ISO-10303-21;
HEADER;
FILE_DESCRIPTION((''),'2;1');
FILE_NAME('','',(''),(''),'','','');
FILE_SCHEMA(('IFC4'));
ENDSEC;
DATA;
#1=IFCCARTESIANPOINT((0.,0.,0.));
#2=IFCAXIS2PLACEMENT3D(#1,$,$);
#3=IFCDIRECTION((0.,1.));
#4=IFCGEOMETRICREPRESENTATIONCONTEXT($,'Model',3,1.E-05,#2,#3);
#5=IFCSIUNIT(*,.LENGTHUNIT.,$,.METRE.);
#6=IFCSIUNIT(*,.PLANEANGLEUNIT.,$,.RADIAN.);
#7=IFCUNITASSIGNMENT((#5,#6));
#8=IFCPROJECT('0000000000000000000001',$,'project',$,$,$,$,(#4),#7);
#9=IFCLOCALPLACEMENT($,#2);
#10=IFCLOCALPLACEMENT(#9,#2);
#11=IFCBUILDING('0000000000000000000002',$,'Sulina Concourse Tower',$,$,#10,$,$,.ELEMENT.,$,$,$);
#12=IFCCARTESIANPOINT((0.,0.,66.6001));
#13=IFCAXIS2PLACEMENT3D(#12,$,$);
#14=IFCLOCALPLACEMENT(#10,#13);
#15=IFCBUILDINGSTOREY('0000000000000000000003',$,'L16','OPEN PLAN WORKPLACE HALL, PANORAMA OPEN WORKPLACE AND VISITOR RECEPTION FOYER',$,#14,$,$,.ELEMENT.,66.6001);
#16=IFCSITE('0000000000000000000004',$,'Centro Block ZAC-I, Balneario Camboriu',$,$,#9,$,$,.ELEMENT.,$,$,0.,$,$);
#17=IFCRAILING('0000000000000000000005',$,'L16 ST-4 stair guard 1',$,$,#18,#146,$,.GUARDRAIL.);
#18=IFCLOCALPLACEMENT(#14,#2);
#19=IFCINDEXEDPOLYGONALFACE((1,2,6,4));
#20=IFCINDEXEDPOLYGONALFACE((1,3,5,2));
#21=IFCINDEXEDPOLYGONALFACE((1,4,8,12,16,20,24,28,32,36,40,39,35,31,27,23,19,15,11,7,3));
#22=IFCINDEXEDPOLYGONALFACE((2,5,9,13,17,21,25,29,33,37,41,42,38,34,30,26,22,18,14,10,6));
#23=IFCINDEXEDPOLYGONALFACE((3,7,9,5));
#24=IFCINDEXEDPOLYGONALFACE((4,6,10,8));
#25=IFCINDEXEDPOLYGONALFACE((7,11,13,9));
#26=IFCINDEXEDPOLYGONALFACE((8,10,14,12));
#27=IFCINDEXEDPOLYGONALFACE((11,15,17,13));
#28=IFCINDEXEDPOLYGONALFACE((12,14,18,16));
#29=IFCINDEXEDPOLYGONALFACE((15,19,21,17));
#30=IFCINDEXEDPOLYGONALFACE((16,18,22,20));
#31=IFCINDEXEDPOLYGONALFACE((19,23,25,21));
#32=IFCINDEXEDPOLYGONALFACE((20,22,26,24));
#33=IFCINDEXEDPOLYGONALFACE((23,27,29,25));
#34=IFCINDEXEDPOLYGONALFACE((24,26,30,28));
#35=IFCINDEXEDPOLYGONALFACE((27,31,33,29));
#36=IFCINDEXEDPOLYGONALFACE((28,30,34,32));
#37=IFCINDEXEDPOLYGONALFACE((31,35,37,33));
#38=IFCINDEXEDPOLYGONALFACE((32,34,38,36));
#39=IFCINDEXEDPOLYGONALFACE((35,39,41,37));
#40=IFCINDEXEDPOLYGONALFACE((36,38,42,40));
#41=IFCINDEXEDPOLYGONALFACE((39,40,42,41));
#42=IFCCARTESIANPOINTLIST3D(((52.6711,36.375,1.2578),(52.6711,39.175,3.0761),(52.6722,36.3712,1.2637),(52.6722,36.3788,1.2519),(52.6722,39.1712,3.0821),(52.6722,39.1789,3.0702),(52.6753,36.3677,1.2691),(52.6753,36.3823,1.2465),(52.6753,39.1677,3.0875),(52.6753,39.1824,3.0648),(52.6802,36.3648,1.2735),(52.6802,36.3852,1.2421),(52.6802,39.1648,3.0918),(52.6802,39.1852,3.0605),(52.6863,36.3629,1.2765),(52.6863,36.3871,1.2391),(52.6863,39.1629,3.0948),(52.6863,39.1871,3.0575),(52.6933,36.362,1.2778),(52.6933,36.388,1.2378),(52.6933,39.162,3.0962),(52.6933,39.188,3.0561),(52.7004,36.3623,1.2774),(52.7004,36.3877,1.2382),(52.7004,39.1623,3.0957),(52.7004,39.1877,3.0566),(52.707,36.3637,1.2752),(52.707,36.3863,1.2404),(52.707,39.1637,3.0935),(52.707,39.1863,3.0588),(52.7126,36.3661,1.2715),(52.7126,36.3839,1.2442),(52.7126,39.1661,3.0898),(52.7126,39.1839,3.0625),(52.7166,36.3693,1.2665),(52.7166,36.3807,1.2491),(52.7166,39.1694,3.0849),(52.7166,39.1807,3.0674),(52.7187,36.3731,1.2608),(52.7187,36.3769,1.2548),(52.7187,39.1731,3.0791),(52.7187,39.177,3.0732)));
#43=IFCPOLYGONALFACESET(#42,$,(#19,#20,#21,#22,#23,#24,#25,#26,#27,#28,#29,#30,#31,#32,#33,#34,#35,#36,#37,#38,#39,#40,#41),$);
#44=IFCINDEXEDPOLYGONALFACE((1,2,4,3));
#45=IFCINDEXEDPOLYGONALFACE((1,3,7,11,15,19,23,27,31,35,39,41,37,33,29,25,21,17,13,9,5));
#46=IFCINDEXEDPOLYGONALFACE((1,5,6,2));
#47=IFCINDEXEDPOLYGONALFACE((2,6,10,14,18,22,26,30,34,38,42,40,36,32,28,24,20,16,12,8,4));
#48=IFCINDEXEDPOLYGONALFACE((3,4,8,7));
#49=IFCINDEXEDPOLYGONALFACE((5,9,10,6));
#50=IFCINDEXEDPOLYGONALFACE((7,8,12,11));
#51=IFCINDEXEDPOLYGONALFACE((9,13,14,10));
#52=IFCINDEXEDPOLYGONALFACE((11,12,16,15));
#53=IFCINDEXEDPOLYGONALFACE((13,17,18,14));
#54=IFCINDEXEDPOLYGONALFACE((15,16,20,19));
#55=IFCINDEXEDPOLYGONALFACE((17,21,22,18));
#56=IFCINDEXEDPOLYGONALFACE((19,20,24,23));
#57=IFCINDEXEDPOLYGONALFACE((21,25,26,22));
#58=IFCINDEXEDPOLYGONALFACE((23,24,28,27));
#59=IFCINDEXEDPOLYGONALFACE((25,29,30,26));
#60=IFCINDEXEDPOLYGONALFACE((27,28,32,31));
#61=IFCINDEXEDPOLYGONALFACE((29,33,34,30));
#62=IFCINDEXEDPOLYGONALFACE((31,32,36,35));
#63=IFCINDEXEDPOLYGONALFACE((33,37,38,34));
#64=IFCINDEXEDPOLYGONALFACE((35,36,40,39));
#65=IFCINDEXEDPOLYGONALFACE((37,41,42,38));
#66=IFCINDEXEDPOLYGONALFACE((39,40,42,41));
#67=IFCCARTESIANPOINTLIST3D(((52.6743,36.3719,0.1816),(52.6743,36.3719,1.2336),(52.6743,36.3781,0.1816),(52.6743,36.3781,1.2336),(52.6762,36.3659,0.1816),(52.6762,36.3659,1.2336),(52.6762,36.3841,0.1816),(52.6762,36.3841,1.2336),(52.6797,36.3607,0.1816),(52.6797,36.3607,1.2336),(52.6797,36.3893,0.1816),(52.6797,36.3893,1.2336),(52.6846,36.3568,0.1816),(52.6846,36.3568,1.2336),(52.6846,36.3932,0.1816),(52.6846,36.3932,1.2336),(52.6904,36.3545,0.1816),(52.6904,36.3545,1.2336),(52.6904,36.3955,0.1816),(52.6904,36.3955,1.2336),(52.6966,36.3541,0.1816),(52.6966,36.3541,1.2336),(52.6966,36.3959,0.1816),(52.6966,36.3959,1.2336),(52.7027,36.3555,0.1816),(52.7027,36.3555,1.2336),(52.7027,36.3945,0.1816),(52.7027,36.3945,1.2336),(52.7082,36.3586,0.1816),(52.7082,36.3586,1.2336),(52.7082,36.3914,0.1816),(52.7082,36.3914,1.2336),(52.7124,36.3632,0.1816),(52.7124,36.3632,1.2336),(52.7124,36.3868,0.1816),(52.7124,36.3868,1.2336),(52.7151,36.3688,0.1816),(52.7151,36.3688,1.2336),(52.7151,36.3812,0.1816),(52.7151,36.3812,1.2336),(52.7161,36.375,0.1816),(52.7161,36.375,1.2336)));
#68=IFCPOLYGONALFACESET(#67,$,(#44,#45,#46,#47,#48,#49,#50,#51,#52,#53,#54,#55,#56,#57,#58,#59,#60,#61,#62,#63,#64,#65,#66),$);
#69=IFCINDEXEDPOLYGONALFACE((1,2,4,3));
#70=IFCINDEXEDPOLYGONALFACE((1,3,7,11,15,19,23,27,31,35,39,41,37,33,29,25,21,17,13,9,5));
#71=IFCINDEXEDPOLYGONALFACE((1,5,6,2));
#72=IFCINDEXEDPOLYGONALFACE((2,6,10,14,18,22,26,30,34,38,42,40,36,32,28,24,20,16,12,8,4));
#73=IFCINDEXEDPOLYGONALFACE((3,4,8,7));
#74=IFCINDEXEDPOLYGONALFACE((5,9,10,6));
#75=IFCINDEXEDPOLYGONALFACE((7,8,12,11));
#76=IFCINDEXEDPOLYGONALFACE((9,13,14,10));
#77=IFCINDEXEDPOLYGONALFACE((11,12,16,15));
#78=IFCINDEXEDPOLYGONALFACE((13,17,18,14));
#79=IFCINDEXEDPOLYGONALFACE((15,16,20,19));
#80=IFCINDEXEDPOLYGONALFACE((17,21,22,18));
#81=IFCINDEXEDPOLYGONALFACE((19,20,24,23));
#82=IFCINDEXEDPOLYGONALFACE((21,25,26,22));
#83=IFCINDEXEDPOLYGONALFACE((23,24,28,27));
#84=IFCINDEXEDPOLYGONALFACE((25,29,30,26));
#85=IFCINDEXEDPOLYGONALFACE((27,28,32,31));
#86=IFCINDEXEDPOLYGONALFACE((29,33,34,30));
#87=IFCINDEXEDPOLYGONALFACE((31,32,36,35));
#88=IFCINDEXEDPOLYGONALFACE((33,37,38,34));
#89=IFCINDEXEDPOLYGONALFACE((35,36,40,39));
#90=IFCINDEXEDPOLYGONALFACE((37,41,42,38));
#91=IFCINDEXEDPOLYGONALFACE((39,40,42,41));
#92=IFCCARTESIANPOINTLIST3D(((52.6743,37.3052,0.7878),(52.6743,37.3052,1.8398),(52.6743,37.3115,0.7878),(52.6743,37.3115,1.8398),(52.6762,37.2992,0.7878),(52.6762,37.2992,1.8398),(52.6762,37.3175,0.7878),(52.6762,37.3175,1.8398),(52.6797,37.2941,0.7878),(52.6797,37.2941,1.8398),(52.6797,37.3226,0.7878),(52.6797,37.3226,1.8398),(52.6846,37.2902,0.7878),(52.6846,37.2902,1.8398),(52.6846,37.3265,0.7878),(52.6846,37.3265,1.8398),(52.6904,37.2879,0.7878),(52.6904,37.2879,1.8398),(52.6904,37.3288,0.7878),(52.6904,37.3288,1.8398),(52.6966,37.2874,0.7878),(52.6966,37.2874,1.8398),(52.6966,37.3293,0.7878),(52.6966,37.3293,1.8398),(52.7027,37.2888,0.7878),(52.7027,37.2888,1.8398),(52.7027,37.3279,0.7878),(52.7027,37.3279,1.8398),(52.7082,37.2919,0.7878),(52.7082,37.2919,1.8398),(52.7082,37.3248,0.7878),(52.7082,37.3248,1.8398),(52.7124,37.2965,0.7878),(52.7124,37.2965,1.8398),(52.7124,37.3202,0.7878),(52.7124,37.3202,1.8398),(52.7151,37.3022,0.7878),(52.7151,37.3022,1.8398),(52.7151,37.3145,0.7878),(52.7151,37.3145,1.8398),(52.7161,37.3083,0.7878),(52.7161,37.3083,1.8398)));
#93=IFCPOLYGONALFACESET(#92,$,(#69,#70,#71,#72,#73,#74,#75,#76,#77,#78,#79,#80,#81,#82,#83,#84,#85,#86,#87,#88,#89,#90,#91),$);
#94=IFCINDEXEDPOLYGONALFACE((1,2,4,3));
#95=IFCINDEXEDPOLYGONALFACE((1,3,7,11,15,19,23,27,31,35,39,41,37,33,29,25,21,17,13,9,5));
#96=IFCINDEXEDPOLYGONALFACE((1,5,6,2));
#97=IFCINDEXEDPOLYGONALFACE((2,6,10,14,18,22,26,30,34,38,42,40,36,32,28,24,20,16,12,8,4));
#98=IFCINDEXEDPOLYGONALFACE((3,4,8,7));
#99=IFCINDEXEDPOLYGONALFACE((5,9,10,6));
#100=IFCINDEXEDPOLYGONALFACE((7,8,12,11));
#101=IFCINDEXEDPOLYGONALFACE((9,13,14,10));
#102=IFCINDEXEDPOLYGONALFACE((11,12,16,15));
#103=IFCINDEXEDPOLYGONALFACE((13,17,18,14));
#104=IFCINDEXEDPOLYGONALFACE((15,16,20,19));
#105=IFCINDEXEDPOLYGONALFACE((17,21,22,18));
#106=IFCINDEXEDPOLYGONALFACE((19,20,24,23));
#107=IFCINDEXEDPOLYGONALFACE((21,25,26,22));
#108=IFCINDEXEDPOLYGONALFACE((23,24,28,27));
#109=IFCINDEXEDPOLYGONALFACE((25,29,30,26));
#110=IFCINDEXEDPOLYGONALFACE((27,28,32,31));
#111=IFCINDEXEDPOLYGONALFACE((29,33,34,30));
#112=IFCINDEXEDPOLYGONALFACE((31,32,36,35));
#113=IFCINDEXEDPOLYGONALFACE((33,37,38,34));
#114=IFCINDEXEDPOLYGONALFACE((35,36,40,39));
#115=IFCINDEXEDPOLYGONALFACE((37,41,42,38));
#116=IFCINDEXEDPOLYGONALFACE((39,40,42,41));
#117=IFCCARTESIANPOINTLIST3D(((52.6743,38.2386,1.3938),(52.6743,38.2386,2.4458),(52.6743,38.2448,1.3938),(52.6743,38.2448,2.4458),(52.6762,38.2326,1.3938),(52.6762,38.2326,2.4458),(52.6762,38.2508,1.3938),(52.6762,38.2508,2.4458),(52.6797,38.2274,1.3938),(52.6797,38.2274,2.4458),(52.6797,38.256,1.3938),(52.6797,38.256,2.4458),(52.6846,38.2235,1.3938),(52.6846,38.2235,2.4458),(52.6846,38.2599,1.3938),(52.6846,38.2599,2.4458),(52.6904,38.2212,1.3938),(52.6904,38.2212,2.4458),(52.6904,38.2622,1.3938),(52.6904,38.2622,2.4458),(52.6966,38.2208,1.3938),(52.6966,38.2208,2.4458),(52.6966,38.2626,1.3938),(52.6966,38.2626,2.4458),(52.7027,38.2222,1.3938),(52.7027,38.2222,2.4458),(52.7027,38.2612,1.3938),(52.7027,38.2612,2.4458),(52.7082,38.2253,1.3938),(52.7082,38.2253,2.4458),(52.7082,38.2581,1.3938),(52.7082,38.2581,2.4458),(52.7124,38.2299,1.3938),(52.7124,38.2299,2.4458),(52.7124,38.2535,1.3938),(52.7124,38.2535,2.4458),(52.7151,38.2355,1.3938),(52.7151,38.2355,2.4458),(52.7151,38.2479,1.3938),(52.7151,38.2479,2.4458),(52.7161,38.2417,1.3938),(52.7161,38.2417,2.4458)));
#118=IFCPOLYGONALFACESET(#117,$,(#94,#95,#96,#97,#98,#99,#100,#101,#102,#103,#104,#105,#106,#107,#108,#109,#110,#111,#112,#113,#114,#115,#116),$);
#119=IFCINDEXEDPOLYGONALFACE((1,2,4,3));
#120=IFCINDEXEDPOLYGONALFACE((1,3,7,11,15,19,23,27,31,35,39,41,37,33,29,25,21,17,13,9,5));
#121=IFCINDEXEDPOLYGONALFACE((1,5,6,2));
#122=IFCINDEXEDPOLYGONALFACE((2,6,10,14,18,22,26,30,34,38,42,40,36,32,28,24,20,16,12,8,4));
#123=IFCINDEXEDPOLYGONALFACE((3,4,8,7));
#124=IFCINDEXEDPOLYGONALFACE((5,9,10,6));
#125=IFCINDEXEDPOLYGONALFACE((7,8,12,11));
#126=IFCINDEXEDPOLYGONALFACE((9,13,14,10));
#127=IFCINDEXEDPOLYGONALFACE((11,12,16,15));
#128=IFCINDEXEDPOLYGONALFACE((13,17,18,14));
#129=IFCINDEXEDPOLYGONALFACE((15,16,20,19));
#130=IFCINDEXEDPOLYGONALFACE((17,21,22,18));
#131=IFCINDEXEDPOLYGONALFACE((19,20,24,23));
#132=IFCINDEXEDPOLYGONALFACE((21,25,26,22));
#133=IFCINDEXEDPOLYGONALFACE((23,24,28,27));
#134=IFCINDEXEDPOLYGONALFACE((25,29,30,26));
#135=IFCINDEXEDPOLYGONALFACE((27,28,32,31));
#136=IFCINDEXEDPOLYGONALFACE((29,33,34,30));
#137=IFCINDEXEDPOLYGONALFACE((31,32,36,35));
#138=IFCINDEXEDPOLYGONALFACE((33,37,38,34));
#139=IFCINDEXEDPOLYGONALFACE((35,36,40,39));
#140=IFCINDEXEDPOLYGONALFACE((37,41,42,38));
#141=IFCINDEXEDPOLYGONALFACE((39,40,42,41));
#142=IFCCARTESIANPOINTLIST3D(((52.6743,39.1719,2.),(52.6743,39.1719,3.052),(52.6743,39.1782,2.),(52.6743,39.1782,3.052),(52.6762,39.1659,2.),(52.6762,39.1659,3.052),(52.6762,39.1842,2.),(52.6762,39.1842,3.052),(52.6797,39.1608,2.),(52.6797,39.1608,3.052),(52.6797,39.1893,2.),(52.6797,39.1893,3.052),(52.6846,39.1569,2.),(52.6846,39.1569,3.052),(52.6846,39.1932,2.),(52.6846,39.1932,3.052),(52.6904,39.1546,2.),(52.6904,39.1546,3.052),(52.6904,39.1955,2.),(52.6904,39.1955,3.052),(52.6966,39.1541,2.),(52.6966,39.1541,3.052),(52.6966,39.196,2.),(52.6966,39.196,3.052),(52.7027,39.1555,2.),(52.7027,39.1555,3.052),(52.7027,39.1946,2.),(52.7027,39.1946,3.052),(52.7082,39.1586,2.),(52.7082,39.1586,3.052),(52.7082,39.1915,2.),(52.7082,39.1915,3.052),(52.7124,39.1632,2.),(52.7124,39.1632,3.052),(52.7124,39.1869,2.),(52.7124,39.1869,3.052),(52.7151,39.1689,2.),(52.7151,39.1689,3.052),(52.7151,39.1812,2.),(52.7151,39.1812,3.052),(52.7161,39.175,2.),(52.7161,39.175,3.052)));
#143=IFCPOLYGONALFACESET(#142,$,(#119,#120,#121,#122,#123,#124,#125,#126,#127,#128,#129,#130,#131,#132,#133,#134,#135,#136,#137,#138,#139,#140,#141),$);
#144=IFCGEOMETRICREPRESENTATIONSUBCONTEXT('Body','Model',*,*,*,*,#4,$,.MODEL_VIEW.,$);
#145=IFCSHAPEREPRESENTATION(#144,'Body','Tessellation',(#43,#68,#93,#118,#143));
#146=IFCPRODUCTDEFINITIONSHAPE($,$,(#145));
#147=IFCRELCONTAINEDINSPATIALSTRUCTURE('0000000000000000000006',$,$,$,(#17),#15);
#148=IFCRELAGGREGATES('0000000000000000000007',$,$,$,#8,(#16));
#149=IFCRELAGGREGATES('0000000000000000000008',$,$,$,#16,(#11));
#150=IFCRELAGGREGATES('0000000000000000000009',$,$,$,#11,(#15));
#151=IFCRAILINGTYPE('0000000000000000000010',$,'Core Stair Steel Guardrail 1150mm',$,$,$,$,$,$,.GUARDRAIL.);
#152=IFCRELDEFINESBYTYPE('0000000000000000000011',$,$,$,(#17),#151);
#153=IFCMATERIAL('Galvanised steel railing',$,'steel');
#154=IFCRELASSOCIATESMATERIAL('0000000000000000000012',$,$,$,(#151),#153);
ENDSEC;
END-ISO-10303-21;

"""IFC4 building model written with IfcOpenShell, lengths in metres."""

from ifc_helpers import new_model, si_unit, direction, frame, origin, origin_2d, place, context, subcontext, project, spatial, circle, extrude, material, type_object, element, save


model = new_model("IFC4")

# Units and contexts
model_context = context("Model", 3, precision=1e-05, world=origin(), true_north=direction((0.0, 1.0)))
body_context = subcontext(model_context, "Body", "Model", "MODEL_VIEW")
ifc_project = project(units=[si_unit("LENGTHUNIT", "METRE"), si_unit("PLANEANGLEUNIT", "RADIAN")], contexts=[model_context])

# Site, building, storey
site_placement = place(None, origin())
site = spatial("IfcSite", under=ifc_project, at=site_placement, Name="Centro Block ZAC-I, Balneario Camboriu", CompositionType="ELEMENT", RefElevation=0.0)
building_placement = place(site_placement, origin())
building = spatial("IfcBuilding", under=site, at=building_placement, Name="Sulina Concourse Tower", CompositionType="ELEMENT")
storey_placement = place(building_placement, frame((0.0, 0.0, 66.6001)))
storey = spatial("IfcBuildingStorey", under=building, at=storey_placement, Name="L16", Description="OPEN PLAN WORKPLACE HALL, PANORAMA OPEN WORKPLACE AND VISITOR RECEPTION FOYER", CompositionType="ELEMENT", Elevation=66.6001)

# Railing
ifc_material_1 = material(Name="Galvanised steel railing", Category="steel")
railing_type_1 = type_object("IfcRailingType", Name="Core Stair Steel Guardrail 1150mm", PredefinedType="GUARDRAIL", material=ifc_material_1)
railing_1_placement = place(storey_placement, frame((52.6951, 36.375, 0.1816)))
element("IfcRailing", 1, at=railing_1_placement, inside=storey, type_object=railing_type_1, Name="L16 ST-4 stair guard 1", PredefinedType="GUARDRAIL", context=body_context, shape_type="SweptSolid", body=[
    extrude(circle(Radius=0.0239, at=origin_2d()), frame((0.0, 0.0, 1.0762), z_axis=(0.0, 0.838672, 0.544636), x_axis=(-1.0, 0.0, 0.0)), (0.0, 0.0, 1.0), 3.3386),
    extrude(circle(Radius=0.021, at=origin_2d()), origin(), (0.0, 0.0, 1.0), 1.052),
    extrude(circle(Radius=0.021, at=origin_2d()), frame((0.0, 0.9333, 0.6062)), (0.0, 0.0, 1.0), 1.052),
    extrude(circle(Radius=0.021, at=origin_2d()), frame((0.0, 1.8667, 1.2122)), (0.0, 0.0, 1.0), 1.052),
    extrude(circle(Radius=0.021, at=origin_2d()), frame((0.0, 2.8, 1.8184)), (0.0, 0.0, 1.0), 1.052),
])

save(model, "model.ifc")
